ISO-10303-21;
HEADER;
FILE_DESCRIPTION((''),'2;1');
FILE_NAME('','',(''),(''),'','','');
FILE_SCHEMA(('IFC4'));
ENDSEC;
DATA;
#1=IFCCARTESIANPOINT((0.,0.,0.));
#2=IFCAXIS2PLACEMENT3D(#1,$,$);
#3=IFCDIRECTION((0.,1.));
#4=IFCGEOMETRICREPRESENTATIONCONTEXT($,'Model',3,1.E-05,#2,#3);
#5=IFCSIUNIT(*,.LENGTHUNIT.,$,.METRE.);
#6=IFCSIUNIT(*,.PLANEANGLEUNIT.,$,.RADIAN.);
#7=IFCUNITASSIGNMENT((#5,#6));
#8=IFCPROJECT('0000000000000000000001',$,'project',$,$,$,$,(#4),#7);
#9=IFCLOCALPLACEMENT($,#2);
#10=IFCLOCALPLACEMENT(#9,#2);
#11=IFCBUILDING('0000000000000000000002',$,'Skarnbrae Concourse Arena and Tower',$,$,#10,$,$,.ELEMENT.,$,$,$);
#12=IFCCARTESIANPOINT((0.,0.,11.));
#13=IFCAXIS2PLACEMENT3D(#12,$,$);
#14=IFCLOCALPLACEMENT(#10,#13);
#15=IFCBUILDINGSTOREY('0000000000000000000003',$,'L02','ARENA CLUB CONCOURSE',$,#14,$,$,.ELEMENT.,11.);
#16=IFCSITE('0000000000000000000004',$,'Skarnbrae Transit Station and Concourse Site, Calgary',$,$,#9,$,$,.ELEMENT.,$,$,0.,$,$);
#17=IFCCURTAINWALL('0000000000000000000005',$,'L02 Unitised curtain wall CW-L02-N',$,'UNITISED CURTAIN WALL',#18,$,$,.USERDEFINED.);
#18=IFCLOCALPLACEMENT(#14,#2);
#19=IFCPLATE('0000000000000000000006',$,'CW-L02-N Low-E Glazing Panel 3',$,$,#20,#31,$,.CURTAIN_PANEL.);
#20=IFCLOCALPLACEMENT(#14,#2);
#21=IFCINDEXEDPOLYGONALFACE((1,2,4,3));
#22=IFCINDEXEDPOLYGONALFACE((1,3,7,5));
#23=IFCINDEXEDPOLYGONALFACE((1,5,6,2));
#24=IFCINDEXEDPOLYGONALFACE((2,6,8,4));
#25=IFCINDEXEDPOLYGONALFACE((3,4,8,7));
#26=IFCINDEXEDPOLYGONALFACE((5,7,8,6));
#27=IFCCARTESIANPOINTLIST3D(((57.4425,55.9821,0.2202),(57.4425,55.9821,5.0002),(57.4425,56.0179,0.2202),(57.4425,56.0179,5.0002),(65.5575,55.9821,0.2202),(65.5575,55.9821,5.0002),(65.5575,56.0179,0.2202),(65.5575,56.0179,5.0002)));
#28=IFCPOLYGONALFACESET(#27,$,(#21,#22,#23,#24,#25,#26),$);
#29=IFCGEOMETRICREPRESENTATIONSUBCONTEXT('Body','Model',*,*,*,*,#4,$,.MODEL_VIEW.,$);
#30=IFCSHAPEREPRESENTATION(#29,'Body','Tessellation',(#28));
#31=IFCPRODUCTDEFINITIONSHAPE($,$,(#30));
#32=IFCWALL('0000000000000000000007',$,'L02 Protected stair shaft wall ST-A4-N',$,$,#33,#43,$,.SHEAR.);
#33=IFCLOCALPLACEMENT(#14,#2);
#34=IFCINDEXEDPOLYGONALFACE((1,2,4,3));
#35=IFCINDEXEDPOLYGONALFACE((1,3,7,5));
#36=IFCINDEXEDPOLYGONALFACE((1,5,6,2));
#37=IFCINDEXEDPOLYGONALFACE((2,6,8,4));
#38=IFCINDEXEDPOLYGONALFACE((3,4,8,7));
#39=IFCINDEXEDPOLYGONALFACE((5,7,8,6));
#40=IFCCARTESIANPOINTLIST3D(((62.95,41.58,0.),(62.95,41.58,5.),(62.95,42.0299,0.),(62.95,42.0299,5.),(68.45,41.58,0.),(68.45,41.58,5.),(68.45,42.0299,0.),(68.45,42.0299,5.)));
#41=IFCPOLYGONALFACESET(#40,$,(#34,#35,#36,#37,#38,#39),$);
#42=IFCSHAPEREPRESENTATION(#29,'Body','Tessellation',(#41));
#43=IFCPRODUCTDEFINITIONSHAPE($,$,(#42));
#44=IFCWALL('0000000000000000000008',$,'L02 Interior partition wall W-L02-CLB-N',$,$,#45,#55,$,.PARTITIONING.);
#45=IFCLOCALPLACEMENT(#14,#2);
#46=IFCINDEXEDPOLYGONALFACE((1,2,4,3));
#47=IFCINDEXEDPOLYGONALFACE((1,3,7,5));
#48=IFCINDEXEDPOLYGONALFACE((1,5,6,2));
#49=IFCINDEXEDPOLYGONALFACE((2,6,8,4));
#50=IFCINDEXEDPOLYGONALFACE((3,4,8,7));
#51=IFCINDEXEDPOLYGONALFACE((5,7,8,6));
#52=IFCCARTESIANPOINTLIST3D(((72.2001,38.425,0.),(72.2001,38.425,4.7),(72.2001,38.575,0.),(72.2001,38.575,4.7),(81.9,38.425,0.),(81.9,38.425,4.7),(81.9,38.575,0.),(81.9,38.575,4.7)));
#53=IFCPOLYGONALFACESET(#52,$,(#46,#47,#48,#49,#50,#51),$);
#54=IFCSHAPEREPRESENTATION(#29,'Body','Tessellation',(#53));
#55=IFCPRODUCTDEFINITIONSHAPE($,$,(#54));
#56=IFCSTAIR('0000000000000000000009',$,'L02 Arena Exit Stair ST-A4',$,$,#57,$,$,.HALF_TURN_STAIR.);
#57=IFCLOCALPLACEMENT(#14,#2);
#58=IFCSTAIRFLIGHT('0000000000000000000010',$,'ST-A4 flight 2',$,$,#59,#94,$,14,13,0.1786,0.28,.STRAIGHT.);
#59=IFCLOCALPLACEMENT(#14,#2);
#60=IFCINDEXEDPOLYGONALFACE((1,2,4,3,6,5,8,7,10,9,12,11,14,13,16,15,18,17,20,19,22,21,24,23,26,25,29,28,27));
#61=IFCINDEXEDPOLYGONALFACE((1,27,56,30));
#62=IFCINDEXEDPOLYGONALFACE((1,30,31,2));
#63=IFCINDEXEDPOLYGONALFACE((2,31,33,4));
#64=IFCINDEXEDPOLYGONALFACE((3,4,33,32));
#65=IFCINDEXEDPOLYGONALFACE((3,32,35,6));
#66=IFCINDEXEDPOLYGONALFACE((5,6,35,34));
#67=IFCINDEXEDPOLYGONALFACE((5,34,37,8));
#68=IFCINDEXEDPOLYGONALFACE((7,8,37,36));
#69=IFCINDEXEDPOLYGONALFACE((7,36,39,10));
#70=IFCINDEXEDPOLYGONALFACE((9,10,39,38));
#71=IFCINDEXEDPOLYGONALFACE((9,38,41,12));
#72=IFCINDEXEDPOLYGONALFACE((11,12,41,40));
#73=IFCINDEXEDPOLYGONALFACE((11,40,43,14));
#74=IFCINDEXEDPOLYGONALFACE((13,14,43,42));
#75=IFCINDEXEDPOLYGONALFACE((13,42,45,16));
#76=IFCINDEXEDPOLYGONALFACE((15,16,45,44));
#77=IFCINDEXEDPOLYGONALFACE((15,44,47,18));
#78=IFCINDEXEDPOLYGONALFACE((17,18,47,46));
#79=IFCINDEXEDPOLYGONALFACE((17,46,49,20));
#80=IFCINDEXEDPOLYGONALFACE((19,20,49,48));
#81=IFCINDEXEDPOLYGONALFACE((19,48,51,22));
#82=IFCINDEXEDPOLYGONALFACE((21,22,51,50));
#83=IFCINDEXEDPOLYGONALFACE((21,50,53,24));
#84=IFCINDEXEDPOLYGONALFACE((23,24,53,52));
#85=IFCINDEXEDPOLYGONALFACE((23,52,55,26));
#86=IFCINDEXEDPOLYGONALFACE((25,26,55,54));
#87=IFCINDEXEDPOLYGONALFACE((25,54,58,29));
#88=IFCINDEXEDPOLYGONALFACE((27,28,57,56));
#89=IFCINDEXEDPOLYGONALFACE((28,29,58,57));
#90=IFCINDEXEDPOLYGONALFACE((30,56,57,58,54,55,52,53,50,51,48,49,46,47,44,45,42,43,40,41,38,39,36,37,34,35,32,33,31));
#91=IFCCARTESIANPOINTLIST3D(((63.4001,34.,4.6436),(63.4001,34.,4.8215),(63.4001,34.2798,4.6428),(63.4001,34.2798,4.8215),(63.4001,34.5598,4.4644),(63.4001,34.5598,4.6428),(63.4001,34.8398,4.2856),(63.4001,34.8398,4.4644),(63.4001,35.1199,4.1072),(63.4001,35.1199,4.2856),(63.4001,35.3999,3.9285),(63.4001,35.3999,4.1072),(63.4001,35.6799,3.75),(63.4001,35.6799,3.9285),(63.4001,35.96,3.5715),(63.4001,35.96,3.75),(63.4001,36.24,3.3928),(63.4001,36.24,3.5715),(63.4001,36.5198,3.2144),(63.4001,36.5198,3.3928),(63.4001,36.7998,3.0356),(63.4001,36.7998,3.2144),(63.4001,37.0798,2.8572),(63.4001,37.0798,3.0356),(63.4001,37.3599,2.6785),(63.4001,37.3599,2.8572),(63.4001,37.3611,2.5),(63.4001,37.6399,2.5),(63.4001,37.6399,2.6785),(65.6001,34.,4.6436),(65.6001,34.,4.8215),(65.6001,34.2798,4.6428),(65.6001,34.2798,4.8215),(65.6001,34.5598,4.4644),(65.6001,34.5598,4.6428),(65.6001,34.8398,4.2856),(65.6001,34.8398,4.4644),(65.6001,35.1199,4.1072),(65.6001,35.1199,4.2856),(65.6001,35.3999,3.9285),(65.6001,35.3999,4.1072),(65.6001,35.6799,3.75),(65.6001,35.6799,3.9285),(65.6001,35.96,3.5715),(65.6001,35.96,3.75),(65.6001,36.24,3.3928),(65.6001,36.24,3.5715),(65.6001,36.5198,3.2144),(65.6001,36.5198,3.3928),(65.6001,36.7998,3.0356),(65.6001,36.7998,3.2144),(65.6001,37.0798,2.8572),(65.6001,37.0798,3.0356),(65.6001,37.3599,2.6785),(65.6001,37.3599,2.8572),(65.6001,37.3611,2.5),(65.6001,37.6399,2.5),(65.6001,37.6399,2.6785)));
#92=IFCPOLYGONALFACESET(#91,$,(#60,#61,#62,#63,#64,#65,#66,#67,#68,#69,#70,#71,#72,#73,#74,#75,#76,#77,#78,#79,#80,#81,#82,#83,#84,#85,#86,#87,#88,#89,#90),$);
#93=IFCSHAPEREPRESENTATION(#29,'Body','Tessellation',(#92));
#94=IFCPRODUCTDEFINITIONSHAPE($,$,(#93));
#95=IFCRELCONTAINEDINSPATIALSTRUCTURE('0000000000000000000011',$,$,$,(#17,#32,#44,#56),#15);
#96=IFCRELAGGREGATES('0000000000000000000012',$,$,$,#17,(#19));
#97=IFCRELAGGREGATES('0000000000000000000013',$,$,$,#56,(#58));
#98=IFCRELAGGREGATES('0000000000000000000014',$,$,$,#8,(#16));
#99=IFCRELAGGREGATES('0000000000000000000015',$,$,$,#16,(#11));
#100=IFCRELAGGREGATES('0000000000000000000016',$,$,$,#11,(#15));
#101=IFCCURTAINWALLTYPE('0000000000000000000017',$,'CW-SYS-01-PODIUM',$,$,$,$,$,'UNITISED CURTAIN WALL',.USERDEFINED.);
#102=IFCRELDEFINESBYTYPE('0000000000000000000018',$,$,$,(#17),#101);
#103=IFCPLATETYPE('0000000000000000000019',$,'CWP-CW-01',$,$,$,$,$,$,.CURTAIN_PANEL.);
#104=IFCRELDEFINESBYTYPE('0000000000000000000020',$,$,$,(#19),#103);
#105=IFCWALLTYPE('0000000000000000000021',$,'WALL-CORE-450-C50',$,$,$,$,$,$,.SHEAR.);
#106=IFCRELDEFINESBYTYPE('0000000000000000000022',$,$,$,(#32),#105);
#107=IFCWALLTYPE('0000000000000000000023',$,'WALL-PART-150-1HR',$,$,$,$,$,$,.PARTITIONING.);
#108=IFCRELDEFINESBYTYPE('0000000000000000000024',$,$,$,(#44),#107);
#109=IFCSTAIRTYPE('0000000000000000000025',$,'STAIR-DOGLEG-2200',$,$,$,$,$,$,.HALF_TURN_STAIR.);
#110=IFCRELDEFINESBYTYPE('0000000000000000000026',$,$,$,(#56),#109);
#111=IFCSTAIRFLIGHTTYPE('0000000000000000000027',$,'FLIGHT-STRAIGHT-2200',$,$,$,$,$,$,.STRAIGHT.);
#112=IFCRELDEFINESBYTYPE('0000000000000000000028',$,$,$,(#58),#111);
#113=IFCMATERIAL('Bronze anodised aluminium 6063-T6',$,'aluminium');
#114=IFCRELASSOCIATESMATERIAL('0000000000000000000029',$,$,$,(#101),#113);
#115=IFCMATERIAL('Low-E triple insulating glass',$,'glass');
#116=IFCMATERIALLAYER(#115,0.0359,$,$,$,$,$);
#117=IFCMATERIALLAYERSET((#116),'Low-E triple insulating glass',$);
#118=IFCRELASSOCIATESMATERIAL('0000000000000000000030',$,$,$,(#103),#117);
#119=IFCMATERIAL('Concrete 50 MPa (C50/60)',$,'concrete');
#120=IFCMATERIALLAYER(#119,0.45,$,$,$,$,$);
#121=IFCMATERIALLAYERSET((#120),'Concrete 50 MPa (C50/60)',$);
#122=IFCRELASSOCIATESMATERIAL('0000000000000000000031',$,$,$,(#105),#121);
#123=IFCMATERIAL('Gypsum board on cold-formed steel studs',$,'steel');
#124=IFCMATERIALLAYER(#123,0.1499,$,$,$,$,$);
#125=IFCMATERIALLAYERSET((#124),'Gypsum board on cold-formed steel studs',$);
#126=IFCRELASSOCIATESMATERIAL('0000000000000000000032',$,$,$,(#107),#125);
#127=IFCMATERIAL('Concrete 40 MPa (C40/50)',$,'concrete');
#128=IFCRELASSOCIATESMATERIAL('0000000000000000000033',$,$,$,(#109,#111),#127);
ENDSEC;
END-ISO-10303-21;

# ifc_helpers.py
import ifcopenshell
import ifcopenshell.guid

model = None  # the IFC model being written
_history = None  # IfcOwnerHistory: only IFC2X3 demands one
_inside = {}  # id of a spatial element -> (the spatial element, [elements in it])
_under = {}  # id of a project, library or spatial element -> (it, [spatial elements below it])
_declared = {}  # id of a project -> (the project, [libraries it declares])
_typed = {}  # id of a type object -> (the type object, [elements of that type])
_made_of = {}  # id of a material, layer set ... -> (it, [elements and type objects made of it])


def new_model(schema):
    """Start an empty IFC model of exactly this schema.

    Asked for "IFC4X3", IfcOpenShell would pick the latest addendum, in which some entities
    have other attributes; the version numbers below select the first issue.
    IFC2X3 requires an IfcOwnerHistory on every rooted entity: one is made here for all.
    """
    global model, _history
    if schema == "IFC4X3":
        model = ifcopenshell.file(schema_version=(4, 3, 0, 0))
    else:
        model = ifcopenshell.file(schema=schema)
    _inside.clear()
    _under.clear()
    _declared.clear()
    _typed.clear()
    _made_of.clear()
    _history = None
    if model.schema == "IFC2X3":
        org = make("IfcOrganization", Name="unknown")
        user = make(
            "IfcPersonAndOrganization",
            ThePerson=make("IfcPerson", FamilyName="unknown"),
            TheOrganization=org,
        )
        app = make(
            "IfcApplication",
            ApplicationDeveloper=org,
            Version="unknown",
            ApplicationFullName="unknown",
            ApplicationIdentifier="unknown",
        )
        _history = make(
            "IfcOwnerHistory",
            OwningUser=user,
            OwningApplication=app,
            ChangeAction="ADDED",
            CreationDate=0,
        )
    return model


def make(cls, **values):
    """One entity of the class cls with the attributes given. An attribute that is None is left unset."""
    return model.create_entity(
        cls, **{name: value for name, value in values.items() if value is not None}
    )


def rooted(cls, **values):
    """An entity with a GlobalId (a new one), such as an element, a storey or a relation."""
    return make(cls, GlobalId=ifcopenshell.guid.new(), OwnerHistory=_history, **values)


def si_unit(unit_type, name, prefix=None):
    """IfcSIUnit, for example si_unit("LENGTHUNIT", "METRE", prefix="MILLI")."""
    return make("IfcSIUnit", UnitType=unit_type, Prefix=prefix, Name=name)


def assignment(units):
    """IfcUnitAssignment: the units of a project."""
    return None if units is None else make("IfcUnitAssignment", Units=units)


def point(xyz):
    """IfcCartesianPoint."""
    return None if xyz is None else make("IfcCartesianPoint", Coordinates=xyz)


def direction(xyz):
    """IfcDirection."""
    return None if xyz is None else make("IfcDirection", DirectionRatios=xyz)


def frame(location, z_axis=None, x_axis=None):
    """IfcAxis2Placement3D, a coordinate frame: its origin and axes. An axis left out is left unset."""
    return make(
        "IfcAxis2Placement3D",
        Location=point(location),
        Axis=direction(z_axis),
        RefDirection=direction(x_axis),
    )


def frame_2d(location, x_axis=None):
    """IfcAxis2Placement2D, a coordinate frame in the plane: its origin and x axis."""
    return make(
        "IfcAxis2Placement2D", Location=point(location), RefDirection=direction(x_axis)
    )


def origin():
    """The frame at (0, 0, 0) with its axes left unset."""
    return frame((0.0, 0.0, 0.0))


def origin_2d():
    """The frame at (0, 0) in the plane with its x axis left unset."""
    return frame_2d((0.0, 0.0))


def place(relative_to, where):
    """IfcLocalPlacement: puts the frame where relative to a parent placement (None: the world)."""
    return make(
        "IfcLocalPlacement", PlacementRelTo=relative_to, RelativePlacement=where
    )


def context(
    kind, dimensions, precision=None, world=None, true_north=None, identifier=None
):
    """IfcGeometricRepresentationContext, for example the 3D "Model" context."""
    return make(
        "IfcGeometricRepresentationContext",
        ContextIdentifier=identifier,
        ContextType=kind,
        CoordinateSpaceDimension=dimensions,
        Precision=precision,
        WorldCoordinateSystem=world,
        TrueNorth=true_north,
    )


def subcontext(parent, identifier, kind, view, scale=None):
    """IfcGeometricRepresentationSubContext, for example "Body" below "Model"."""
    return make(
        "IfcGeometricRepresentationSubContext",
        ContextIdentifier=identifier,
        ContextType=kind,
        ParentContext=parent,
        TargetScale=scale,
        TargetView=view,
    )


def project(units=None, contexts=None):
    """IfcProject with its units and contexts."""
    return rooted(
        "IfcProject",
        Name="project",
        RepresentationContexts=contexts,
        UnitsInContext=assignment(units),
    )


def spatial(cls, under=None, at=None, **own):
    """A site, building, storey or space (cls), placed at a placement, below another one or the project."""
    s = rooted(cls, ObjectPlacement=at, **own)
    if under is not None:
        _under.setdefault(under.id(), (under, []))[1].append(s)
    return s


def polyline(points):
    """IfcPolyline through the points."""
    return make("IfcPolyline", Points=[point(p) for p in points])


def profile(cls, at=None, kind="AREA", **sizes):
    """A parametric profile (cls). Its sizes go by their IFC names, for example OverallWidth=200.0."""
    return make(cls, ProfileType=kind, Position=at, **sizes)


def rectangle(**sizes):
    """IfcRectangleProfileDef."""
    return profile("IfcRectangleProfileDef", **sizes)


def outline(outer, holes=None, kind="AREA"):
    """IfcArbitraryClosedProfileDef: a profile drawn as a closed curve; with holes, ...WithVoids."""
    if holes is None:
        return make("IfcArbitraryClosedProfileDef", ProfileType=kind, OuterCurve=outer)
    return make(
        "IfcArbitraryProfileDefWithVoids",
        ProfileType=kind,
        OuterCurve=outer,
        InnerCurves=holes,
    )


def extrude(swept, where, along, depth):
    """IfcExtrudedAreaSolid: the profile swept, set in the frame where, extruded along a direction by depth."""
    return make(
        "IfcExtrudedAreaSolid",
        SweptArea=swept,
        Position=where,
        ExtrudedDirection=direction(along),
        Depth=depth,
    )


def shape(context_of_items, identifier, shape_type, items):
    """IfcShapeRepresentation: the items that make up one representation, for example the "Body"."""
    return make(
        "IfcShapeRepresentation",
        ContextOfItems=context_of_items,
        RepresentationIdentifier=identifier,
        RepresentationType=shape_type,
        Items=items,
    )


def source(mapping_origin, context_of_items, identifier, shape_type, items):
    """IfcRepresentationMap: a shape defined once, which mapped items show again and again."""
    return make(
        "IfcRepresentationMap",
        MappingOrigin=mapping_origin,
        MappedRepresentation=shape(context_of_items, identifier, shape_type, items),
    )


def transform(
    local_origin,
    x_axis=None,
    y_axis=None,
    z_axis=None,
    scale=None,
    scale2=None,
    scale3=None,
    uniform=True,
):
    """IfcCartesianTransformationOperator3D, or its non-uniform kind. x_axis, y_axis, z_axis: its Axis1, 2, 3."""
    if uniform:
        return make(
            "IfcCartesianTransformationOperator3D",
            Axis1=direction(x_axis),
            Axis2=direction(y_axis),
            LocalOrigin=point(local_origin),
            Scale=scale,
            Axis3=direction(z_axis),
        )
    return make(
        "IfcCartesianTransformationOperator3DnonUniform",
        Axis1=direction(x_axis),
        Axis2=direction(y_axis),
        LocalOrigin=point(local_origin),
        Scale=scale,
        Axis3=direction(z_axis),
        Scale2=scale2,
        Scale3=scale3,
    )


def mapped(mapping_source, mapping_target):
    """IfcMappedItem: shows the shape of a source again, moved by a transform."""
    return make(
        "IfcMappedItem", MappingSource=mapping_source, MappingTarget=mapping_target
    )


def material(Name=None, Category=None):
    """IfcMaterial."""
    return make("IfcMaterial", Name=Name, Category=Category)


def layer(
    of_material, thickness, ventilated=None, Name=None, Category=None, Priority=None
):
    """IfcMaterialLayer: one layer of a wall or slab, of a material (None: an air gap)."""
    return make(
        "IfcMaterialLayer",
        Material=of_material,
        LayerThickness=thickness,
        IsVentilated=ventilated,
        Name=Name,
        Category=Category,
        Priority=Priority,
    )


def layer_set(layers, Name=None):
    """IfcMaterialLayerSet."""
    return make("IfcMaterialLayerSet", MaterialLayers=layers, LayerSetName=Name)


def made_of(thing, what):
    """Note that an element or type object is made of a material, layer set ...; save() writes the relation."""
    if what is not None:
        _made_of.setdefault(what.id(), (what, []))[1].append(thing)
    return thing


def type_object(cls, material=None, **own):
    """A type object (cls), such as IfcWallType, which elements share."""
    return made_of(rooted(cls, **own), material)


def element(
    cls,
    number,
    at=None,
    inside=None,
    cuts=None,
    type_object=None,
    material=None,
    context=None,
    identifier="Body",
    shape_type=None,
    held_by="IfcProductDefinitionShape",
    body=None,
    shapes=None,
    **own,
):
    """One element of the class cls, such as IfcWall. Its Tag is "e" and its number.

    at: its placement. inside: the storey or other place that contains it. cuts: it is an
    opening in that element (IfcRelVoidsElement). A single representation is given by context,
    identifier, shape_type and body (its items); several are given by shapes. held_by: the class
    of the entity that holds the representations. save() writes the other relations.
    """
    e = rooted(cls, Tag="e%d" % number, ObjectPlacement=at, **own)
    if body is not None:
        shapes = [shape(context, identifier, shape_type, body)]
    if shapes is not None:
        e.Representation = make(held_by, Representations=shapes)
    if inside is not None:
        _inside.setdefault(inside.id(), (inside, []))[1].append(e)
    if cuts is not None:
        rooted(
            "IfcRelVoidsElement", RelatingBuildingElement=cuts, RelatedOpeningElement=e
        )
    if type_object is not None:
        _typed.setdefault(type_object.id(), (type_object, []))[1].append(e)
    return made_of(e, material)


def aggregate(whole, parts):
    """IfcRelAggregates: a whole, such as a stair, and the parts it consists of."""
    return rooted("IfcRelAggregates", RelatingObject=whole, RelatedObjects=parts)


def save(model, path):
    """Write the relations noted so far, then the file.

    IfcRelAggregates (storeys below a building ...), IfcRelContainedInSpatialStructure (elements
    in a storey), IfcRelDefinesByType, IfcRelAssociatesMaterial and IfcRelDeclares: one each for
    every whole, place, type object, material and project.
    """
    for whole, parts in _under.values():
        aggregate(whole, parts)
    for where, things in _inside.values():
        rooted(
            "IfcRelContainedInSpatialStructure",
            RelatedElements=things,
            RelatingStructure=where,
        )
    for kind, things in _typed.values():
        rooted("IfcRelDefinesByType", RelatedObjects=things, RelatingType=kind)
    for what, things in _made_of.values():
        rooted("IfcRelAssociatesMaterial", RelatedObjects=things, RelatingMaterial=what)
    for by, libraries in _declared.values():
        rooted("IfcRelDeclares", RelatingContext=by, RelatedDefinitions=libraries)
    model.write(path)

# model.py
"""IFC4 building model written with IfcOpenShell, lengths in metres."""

from ifc_helpers import new_model, si_unit, direction, frame, frame_2d, origin, origin_2d, place, context, subcontext, project, spatial, polyline, rectangle, outline, extrude, source, transform, mapped, material, layer, layer_set, type_object, element, aggregate, save


model = new_model("IFC4")

# Units and contexts
model_context = context("Model", 3, precision=1e-05, world=origin(), true_north=direction((0.0, 1.0)))
body_context = subcontext(model_context, "Body", "Model", "MODEL_VIEW")
ifc_project = project(units=[si_unit("LENGTHUNIT", "METRE"), si_unit("PLANEANGLEUNIT", "RADIAN")], contexts=[model_context])

# Site, building, storey
site_placement = place(None, origin())
site = spatial("IfcSite", under=ifc_project, at=site_placement, Name="Skarnbrae Transit Station and Concourse Site, Calgary", CompositionType="ELEMENT", RefElevation=0.0)
building_placement = place(site_placement, origin())
building = spatial("IfcBuilding", under=site, at=building_placement, Name="Skarnbrae Concourse Arena and Tower", CompositionType="ELEMENT")
storey_placement = place(building_placement, frame((0.0, 0.0, 11.0)))
storey = spatial("IfcBuildingStorey", under=building, at=storey_placement, Name="L02", Description="ARENA CLUB CONCOURSE", CompositionType="ELEMENT", Elevation=11.0)

# Curtain wall
ifc_material_1 = material(Name="Bronze anodised aluminium 6063-T6", Category="aluminium")
curtain_wall_type = type_object("IfcCurtainWallType", Name="CW-SYS-01-PODIUM", ElementType="UNITISED CURTAIN WALL", PredefinedType="USERDEFINED", material=ifc_material_1)
curtain_wall_1_placement = place(storey_placement, origin())
curtain_wall_1 = element("IfcCurtainWall", 1, at=curtain_wall_1_placement, inside=storey, type_object=curtain_wall_type, Name="L02 Unitised curtain wall CW-L02-N", ObjectType="UNITISED CURTAIN WALL", PredefinedType="USERDEFINED")

# Plate
ifc_material_2 = material(Name="Low-E triple insulating glass", Category="glass")
ifc_layer_1 = layer(ifc_material_2, 0.0359)
ifc_layer_set_1 = layer_set([ifc_layer_1], Name="Low-E triple insulating glass")
plate_type = type_object("IfcPlateType", Name="CWP-CW-01", PredefinedType="CURTAIN_PANEL", material=ifc_layer_set_1)
shared_shape_1 = source(origin(), body_context, "Body", "SweptSolid", [
    extrude(rectangle(XDim=8.115, YDim=0.0359, at=origin_2d()), origin(), (0.0, 0.0, 1.0), 4.78),
])
plate_1_placement = place(storey_placement, frame((61.5, 56.0, 0.2202), z_axis=(0.0, 0.0, 1.0), x_axis=(-1.0, 0.0, 0.0)))
plate_1 = element("IfcPlate", 2, at=plate_1_placement, type_object=plate_type, Name="CW-L02-N Low-E Glazing Panel 3", PredefinedType="CURTAIN_PANEL", context=body_context, shape_type="MappedRepresentation", body=[
    mapped(shared_shape_1, transform((0.0, 0.0, 0.0))),
])
aggregate(curtain_wall_1, [plate_1])

# Walls
ifc_material_3 = material(Name="Concrete 50 MPa (C50/60)", Category="concrete")
ifc_layer_2 = layer(ifc_material_3, 0.45)
ifc_layer_set_2 = layer_set([ifc_layer_2], Name="Concrete 50 MPa (C50/60)")
wall_type_1 = type_object("IfcWallType", Name="WALL-CORE-450-C50", PredefinedType="SHEAR", material=ifc_layer_set_2)
shared_shape_2 = source(origin(), body_context, "Body", "SweptSolid", [
    extrude(rectangle(XDim=5.5, YDim=0.45, at=frame_2d((2.75, 0.0))), origin(), (0.0, 0.0, 1.0), 5.0),
])
wall_1_placement = place(storey_placement, frame((62.95, 41.8049, 0.0), z_axis=(0.0, 0.0, 1.0), x_axis=(1.0, 0.0, 0.0)))
element("IfcWall", 3, at=wall_1_placement, inside=storey, type_object=wall_type_1, Name="L02 Protected stair shaft wall ST-A4-N", PredefinedType="SHEAR", context=body_context, shape_type="MappedRepresentation", body=[
    mapped(shared_shape_2, transform((0.0, 0.0, 0.0))),
])
ifc_material_4 = material(Name="Gypsum board on cold-formed steel studs", Category="steel")
ifc_layer_3 = layer(ifc_material_4, 0.1499)
ifc_layer_set_3 = layer_set([ifc_layer_3], Name="Gypsum board on cold-formed steel studs")
wall_type_2 = type_object("IfcWallType", Name="WALL-PART-150-1HR", PredefinedType="PARTITIONING", material=ifc_layer_set_3)
shared_shape_3 = source(origin(), body_context, "Body", "SweptSolid", [
    extrude(rectangle(XDim=9.7, YDim=0.1499, at=frame_2d((4.8501, 0.0))), origin(), (0.0, 0.0, 1.0), 4.7),
])
wall_2_placement = place(storey_placement, frame((72.2, 38.5, 0.0), z_axis=(0.0, 0.0, 1.0), x_axis=(1.0, 0.0, 0.0)))
element("IfcWall", 4, at=wall_2_placement, inside=storey, type_object=wall_type_2, Name="L02 Interior partition wall W-L02-CLB-N", PredefinedType="PARTITIONING", context=body_context, shape_type="MappedRepresentation", body=[
    mapped(shared_shape_3, transform((0.0, 0.0, 0.0))),
])

# Stair, stair flight
ifc_material_5 = material(Name="Concrete 40 MPa (C40/50)", Category="concrete")
stair_type = type_object("IfcStairType", Name="STAIR-DOGLEG-2200", PredefinedType="HALF_TURN_STAIR", material=ifc_material_5)
stair_placement = place(storey_placement, origin())
stair = element("IfcStair", 5, at=stair_placement, inside=storey, type_object=stair_type, Name="L02 Arena Exit Stair ST-A4", PredefinedType="HALF_TURN_STAIR")
stair_flight_type = type_object("IfcStairFlightType", Name="FLIGHT-STRAIGHT-2200", PredefinedType="STRAIGHT", material=ifc_material_5)
shared_shape_4 = source(origin(), body_context, "Body", "SweptSolid", [
    extrude(outline(polyline([(0.0, 0.0), (0.0, 0.1785), (0.28, 0.1785), (0.28, 0.3572), (0.5601, 0.3572), (0.5601, 0.5356), (0.8401, 0.5356), (0.8401, 0.7144), (1.1201, 0.7144), (1.1201, 0.8928), (1.3999, 0.8928), (1.3999, 1.0715), (1.6799, 1.0715), (1.6799, 1.25), (1.96, 1.25), (1.96, 1.4285), (2.24, 1.4285), (2.24, 1.6072), (2.52, 1.6072), (2.52, 1.7856), (2.8, 1.7856), (2.8, 1.9644), (3.0801, 1.9644), (3.0801, 2.1428), (3.3601, 2.1428), (3.3601, 2.3215), (3.6399, 2.3215), (3.6399, 2.5), (3.6399, 2.1436), (0.2788, 0.0), (0.0, 0.0)])), frame((0.0, 1.1001, 0.0), z_axis=(0.0, -1.0, 0.0), x_axis=(1.0, 0.0, 0.0)), (0.0, 0.0, 1.0), 2.2),
])
stair_flight_placement = place(storey_placement, frame((64.5, 37.6399, 2.5), z_axis=(0.0, 0.0, 1.0), x_axis=(0.0, -1.0, 0.0)))
stair_flight = element("IfcStairFlight", 6, at=stair_flight_placement, type_object=stair_flight_type, Name="ST-A4 flight 2", NumberOfRisers=14, NumberOfTreads=13, PredefinedType="STRAIGHT", RiserHeight=0.1786, TreadLength=0.28, context=body_context, shape_type="MappedRepresentation", body=[
    mapped(shared_shape_4, transform((0.0, 0.0, 0.0))),
])
aggregate(stair, [stair_flight])

save(model, "model.ifc")
